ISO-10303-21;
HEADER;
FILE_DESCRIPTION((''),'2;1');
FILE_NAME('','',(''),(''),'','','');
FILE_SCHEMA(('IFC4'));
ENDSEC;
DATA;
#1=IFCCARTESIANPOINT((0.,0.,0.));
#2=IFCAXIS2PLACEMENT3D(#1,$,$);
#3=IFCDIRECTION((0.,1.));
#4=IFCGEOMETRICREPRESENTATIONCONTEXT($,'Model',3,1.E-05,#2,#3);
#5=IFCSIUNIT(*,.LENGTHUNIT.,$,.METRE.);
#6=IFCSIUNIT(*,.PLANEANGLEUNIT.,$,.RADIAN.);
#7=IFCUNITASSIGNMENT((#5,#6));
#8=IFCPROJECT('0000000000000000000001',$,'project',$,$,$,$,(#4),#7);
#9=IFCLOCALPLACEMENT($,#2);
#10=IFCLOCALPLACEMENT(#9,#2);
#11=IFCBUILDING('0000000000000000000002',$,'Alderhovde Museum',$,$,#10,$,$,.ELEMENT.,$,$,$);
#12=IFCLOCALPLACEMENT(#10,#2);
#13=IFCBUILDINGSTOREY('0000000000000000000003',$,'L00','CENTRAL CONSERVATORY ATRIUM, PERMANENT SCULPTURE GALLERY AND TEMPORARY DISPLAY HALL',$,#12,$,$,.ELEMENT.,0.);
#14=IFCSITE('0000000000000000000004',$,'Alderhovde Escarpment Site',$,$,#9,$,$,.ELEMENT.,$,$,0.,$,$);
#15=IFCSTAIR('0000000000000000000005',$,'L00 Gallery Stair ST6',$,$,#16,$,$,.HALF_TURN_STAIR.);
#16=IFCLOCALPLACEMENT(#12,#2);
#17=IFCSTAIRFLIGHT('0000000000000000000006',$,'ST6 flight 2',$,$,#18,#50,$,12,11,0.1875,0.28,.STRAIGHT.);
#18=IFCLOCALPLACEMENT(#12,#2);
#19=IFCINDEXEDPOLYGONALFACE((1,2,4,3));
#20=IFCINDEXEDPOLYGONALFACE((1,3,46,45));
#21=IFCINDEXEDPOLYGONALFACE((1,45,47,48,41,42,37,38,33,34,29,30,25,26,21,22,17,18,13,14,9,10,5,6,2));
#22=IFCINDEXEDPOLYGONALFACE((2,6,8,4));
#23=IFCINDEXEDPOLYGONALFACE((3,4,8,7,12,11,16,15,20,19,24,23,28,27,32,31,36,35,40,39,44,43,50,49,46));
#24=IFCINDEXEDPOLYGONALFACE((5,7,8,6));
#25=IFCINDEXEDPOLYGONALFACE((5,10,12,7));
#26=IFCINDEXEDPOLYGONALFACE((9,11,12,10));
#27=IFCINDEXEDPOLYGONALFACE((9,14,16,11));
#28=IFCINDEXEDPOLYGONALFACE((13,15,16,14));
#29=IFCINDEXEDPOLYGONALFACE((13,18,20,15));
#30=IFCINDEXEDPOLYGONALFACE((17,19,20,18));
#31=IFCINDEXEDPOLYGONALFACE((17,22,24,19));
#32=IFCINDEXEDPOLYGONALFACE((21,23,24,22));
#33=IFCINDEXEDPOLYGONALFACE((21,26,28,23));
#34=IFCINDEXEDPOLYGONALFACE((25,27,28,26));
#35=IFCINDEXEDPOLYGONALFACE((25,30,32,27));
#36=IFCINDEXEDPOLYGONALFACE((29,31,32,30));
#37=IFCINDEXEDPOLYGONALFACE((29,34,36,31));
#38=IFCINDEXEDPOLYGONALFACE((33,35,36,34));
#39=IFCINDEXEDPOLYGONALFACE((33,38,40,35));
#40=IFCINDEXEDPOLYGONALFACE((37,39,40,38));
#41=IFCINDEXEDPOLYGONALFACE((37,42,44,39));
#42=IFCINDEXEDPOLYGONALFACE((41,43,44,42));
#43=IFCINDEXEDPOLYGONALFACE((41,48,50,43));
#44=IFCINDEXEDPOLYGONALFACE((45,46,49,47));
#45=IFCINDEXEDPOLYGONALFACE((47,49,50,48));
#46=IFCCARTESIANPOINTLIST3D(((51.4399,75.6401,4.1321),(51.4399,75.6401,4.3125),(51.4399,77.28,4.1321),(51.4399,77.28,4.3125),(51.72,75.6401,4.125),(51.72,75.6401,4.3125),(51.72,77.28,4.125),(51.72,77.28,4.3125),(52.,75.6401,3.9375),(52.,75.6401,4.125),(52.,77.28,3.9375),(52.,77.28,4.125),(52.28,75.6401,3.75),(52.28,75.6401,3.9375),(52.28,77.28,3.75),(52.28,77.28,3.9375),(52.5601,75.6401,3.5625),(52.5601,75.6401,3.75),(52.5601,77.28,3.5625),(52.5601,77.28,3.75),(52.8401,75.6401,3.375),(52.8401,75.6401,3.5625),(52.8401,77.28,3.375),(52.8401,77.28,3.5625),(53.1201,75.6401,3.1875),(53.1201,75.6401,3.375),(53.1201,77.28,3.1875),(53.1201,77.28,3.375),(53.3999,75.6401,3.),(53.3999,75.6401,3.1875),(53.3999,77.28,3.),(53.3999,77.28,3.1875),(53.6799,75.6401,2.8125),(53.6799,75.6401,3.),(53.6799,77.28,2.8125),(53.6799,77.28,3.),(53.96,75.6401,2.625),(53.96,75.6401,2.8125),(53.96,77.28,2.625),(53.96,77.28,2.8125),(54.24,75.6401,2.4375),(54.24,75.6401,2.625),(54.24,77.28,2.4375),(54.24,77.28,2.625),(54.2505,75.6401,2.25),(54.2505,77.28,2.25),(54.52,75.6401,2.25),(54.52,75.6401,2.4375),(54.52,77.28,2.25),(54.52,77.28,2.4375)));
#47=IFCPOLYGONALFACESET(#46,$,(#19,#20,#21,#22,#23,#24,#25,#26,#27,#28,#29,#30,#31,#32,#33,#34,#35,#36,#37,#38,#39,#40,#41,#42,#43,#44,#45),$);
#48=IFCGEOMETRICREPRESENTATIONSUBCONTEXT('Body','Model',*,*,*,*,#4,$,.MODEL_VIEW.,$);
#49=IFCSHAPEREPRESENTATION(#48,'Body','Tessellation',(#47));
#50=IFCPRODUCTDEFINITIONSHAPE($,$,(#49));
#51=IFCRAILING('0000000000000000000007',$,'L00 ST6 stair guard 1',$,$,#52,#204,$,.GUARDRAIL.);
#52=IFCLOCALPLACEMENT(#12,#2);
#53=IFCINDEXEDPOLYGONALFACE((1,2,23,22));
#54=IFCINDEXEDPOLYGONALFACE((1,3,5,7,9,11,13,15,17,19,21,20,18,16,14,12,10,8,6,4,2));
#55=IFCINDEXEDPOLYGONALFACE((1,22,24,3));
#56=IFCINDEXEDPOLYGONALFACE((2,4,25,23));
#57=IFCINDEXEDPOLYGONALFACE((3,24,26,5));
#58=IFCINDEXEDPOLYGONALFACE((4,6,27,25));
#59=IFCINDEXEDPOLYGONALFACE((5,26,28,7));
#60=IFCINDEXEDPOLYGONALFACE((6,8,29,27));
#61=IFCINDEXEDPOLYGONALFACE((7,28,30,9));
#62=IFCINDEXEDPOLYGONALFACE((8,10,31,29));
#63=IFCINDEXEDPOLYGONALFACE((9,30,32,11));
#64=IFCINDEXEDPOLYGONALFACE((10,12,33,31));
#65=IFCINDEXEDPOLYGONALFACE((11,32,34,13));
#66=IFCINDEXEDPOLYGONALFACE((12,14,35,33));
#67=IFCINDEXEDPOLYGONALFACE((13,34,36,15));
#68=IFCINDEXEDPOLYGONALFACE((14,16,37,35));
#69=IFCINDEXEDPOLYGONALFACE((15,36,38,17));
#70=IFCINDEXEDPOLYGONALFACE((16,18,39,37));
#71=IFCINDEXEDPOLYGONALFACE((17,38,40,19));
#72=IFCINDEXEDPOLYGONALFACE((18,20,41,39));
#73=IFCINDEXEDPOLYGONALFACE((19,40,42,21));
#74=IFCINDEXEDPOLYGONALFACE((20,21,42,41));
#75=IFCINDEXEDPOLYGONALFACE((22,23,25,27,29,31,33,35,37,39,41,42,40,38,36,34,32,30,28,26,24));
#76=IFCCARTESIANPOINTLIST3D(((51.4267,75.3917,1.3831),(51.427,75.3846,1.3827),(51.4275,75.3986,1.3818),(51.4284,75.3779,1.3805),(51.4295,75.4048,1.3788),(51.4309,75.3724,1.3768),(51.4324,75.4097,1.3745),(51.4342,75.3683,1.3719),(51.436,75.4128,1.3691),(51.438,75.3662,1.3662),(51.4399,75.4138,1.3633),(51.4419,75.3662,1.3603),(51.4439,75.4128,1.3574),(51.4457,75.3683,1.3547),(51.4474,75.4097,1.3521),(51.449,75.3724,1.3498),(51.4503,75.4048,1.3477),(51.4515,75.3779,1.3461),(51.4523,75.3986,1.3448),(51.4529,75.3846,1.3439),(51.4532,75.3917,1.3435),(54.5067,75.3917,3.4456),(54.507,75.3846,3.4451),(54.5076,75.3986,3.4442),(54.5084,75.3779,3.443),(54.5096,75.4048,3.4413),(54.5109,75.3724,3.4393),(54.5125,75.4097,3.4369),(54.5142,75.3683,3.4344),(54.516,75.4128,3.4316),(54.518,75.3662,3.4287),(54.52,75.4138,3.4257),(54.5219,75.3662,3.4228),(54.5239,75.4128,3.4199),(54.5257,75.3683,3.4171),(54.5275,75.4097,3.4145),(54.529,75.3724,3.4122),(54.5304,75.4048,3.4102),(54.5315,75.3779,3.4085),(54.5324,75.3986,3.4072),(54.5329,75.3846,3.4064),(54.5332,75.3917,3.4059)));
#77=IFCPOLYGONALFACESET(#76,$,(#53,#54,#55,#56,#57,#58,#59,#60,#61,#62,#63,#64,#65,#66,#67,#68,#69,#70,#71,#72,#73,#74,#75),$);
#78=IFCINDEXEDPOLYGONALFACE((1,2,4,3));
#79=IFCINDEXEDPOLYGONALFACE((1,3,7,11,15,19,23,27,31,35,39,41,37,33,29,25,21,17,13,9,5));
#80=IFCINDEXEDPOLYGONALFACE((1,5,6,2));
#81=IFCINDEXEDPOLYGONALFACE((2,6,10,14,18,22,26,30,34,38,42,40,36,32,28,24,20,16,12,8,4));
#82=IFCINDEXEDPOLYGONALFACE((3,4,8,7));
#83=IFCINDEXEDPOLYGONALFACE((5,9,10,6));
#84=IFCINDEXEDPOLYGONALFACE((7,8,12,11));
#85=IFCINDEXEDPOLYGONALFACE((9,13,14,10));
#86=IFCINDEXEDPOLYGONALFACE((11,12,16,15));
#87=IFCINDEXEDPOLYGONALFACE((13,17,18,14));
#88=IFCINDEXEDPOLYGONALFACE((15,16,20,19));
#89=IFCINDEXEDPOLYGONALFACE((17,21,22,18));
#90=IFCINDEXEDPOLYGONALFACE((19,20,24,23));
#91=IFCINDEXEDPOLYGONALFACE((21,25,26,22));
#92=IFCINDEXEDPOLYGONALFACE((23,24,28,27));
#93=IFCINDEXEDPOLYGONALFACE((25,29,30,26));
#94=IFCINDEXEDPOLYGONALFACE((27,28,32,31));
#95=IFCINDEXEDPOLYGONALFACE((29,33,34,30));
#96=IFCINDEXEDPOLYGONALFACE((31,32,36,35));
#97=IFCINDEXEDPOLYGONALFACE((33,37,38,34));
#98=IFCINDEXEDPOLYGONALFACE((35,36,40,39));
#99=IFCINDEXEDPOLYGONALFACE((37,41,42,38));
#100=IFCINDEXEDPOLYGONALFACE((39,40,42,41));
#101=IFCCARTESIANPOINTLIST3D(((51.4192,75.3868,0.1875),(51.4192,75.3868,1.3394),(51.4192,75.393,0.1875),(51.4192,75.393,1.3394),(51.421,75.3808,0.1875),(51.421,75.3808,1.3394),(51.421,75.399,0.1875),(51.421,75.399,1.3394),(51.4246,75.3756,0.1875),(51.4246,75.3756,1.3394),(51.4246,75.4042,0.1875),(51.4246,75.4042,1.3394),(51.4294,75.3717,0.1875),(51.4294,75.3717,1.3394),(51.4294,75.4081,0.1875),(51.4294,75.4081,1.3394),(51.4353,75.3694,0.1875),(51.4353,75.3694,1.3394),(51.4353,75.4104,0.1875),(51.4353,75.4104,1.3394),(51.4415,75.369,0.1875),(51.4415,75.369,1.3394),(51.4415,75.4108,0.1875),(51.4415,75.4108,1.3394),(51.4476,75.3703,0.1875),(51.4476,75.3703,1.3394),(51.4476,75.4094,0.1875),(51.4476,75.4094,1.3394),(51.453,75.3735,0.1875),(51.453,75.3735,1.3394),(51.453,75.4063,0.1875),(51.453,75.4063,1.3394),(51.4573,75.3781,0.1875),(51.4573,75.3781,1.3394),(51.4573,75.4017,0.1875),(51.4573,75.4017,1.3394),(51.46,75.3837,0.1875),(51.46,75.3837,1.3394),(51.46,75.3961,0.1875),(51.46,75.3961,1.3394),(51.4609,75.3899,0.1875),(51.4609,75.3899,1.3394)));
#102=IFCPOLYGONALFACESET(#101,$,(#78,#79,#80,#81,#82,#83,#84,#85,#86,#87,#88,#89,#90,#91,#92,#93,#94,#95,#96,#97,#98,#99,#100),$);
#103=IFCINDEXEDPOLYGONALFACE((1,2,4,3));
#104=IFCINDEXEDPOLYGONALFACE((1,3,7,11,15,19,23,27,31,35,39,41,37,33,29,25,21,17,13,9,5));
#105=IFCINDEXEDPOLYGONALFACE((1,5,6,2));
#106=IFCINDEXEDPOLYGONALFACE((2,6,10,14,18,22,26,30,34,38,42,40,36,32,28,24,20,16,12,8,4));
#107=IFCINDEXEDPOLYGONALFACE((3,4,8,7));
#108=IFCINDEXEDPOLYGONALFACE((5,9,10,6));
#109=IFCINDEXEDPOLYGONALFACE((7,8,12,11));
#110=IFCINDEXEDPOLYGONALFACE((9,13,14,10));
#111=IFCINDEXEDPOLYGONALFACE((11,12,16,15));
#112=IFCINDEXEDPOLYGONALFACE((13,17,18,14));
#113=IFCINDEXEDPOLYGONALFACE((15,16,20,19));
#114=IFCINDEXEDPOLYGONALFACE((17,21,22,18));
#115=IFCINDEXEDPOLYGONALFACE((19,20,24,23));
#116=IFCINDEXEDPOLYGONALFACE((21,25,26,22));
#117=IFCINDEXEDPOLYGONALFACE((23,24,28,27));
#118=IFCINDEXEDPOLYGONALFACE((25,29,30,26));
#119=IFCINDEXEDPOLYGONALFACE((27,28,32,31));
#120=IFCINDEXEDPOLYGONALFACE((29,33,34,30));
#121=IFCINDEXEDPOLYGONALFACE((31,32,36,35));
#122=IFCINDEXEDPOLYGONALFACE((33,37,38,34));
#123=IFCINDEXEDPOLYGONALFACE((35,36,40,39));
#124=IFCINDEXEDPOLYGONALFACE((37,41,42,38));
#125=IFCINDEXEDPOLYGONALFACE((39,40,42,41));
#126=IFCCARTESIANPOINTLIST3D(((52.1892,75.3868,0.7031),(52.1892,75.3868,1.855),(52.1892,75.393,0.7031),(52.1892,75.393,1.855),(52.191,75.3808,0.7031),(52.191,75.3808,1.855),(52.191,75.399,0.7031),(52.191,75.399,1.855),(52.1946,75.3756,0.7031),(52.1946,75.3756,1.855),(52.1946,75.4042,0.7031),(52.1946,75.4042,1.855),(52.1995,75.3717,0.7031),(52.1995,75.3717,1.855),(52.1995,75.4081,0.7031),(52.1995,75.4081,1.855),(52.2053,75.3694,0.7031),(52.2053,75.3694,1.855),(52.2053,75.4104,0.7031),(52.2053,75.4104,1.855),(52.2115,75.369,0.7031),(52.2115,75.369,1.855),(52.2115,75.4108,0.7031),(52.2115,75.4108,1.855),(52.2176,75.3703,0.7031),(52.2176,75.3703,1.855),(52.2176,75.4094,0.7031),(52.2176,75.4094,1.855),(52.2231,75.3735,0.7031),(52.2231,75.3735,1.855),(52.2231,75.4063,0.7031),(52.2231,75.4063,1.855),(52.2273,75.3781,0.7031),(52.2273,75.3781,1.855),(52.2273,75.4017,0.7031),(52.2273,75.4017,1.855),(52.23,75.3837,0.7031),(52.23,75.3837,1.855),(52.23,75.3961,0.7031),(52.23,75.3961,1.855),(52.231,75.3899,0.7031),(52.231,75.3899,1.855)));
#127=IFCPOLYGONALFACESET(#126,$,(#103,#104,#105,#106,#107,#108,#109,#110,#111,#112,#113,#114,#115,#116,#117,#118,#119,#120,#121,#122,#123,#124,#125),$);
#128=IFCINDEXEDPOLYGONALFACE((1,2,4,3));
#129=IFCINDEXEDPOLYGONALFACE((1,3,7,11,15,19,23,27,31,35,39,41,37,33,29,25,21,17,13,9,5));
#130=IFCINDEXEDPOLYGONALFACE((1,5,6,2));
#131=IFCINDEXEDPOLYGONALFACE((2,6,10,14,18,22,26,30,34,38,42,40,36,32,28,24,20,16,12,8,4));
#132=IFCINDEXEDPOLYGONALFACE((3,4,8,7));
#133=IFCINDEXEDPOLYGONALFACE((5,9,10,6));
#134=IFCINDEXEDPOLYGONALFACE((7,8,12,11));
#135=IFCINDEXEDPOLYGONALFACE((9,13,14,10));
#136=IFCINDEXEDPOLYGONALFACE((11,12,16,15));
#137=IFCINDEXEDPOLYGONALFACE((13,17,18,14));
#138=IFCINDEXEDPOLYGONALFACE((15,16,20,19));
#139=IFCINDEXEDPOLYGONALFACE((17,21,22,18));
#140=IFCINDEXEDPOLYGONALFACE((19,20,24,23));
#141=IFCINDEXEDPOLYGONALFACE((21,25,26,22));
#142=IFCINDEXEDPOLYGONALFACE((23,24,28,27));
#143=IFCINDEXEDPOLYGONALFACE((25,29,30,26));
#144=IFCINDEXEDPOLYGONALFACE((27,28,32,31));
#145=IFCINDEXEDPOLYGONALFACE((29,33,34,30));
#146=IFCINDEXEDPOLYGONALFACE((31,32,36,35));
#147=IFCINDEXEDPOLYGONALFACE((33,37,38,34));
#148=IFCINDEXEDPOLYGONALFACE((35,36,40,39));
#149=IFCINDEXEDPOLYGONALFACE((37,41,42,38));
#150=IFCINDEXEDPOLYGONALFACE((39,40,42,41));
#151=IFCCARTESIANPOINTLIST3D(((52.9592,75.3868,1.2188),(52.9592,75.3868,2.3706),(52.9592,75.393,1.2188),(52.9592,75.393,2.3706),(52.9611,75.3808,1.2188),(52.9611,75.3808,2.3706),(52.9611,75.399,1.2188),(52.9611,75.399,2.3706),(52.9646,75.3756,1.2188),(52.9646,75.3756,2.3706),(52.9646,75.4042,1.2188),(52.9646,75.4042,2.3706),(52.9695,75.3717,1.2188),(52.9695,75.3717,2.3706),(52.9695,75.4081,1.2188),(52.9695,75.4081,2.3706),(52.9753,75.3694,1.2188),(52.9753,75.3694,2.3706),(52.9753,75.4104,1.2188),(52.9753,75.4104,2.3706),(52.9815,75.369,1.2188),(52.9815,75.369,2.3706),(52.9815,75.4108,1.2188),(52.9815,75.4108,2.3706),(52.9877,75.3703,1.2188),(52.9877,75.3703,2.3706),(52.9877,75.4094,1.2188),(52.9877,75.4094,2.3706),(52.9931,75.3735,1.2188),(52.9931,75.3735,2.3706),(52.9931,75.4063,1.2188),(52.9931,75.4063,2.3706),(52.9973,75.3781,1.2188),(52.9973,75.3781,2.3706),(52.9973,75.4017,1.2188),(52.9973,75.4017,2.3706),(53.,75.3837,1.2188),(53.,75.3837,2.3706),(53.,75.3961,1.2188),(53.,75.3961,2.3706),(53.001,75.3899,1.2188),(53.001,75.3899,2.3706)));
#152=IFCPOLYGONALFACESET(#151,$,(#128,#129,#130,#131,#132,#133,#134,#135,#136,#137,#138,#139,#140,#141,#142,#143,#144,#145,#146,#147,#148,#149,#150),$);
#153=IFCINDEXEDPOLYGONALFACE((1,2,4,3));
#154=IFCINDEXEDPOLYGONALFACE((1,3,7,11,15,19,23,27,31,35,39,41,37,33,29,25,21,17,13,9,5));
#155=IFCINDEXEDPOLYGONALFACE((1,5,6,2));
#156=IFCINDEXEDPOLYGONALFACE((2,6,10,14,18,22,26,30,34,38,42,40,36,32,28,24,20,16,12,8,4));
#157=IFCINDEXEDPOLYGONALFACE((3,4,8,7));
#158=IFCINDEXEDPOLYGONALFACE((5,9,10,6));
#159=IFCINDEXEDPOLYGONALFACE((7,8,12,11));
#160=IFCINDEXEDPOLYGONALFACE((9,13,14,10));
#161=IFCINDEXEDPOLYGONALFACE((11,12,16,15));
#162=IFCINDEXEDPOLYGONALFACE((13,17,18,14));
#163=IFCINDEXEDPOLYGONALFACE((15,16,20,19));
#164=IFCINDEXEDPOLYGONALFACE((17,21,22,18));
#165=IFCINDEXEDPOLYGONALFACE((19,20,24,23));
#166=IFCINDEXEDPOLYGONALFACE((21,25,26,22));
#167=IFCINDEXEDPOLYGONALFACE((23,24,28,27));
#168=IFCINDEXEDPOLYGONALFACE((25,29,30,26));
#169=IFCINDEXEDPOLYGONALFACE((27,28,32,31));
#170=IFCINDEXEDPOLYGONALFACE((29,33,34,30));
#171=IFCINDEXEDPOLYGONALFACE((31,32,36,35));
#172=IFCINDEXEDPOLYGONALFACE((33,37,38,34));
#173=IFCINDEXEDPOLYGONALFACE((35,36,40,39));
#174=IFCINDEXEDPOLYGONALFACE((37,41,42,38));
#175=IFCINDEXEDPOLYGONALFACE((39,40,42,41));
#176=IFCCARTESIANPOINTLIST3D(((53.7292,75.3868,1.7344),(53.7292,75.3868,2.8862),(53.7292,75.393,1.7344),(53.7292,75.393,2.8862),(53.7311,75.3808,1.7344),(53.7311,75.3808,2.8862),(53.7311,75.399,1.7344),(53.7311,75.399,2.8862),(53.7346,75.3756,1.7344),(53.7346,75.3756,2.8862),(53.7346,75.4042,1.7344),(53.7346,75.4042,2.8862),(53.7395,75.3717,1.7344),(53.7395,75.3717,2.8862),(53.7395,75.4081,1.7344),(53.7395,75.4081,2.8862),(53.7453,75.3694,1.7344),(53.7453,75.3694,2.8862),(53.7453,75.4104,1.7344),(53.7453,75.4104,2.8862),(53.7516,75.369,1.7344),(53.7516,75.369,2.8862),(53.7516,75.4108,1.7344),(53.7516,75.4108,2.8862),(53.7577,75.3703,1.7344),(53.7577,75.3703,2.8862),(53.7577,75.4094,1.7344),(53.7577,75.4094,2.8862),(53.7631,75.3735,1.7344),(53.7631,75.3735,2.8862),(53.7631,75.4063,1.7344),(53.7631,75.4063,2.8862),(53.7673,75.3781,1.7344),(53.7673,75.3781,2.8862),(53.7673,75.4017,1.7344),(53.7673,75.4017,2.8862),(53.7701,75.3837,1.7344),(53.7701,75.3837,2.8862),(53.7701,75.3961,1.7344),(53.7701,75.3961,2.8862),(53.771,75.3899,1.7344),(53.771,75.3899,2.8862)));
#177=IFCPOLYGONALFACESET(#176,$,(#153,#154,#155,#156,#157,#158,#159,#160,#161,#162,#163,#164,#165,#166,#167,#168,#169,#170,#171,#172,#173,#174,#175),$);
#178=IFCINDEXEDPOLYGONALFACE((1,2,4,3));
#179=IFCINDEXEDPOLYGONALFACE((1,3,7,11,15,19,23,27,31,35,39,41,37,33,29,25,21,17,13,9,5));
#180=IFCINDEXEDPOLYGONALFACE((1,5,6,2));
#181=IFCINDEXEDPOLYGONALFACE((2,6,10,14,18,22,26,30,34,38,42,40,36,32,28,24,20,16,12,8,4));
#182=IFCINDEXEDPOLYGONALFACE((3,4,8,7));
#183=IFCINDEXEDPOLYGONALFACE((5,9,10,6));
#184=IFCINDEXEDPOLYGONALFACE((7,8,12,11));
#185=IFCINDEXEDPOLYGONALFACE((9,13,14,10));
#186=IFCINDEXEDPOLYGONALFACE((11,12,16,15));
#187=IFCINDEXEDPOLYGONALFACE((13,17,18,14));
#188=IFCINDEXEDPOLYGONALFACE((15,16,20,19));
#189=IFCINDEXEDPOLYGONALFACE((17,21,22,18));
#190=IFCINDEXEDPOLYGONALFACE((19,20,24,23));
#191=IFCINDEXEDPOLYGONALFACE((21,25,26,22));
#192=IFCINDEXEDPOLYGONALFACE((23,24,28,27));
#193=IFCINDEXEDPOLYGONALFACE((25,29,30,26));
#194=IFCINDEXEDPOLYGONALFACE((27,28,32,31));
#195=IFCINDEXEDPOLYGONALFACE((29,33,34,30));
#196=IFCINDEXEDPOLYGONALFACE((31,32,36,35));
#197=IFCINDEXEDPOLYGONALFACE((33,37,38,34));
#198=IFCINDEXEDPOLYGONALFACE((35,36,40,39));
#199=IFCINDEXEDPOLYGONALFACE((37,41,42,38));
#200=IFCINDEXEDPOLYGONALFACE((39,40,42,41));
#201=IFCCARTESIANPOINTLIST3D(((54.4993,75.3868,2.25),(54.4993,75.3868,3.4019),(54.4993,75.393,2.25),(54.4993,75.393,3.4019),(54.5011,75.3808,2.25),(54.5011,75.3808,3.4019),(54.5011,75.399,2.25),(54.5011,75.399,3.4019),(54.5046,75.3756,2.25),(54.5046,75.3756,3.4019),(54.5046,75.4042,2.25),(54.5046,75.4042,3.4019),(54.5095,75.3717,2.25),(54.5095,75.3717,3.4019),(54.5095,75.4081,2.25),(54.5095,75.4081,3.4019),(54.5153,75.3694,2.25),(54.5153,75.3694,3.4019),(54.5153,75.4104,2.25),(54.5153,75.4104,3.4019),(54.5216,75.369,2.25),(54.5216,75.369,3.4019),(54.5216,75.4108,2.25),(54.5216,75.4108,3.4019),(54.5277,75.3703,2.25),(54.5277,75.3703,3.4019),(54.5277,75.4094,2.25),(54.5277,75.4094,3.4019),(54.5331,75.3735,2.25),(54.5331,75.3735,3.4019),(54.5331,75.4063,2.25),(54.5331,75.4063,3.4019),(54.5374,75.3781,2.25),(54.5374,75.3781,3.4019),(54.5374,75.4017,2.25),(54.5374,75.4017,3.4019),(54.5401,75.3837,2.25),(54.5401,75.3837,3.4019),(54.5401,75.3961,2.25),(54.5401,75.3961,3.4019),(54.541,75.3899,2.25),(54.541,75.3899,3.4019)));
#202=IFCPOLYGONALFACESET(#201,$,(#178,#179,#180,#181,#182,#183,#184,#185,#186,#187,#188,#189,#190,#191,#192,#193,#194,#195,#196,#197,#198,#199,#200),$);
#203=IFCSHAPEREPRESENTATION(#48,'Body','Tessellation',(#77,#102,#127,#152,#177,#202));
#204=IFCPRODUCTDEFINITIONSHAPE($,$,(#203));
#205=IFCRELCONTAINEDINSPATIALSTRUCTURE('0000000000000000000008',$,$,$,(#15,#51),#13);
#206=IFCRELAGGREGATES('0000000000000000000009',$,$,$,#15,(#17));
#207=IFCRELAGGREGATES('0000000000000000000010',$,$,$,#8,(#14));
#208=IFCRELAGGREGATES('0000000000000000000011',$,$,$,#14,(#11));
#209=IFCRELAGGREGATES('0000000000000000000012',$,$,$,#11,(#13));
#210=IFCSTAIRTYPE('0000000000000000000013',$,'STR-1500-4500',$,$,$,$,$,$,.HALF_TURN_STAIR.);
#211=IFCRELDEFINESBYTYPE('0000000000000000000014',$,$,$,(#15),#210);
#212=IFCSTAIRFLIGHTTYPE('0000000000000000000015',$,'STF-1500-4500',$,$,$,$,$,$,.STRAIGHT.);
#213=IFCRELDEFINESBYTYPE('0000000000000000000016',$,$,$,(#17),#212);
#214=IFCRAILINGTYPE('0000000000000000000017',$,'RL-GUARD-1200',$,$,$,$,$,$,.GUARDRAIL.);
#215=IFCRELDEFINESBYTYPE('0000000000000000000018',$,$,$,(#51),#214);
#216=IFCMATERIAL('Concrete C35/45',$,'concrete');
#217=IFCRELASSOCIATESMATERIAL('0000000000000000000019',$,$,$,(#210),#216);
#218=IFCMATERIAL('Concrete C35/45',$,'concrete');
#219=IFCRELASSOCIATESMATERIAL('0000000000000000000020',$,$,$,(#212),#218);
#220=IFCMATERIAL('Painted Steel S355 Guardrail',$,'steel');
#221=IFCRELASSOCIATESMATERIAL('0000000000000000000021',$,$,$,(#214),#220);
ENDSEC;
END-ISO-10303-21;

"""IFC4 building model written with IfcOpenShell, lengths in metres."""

from ifc_helpers import new_model, si_unit, direction, frame, origin, origin_2d, place, context, subcontext, project, spatial, polyline, circle, outline, extrude, material, type_object, element, aggregate, save


model = new_model("IFC4")

# Units and contexts
model_context = context("Model", 3, precision=1e-05, world=origin(), true_north=direction((0.0, 1.0)))
body_context = subcontext(model_context, "Body", "Model", "MODEL_VIEW")
ifc_project = project(units=[si_unit("LENGTHUNIT", "METRE"), si_unit("PLANEANGLEUNIT", "RADIAN")], contexts=[model_context])

# Site, building, storey
site_placement = place(None, origin())
site = spatial("IfcSite", under=ifc_project, at=site_placement, Name="Alderhovde Escarpment Site", CompositionType="ELEMENT", RefElevation=0.0)
building_placement = place(site_placement, origin())
building = spatial("IfcBuilding", under=site, at=building_placement, Name="Alderhovde Museum", CompositionType="ELEMENT")
storey_placement = place(building_placement, origin())
storey = spatial("IfcBuildingStorey", under=building, at=storey_placement, Name="L00", Description="CENTRAL CONSERVATORY ATRIUM, PERMANENT SCULPTURE GALLERY AND TEMPORARY DISPLAY HALL", CompositionType="ELEMENT", Elevation=0.0)

# Stair, stair flight
ifc_material_1 = material(Name="Concrete C35/45", Category="concrete")
stair_type = type_object("IfcStairType", Name="STR-1500-4500", PredefinedType="HALF_TURN_STAIR", material=ifc_material_1)
stair_placement = place(storey_placement, origin())
stair = element("IfcStair", 1, at=stair_placement, inside=storey, type_object=stair_type, Name="L00 Gallery Stair ST6", PredefinedType="HALF_TURN_STAIR")
ifc_material_2 = material(Name="Concrete C35/45", Category="concrete")
stair_flight_type = type_object("IfcStairFlightType", Name="STF-1500-4500", PredefinedType="STRAIGHT", material=ifc_material_2)
stair_flight_1_placement = place(storey_placement, frame((54.52, 76.46, 2.25), z_axis=(0.0, 0.0, 1.0), x_axis=(-1.0, 0.0, 0.0)))
stair_flight_1 = element("IfcStairFlight", 2, at=stair_flight_1_placement, type_object=stair_flight_type, Name="ST6 flight 2", NumberOfRisers=12, NumberOfTreads=11, PredefinedType="STRAIGHT", RiserHeight=0.1875, TreadLength=0.28, context=body_context, shape_type="SweptSolid", body=[
    extrude(outline(polyline([(0.0, 0.0), (0.0, 0.1875), (0.28, 0.1875), (0.28, 0.375), (0.5601, 0.375), (0.5601, 0.5625), (0.8401, 0.5625), (0.8401, 0.75), (1.1201, 0.75), (1.1201, 0.9375), (1.3999, 0.9375), (1.3999, 1.125), (1.6799, 1.125), (1.6799, 1.3125), (1.96, 1.3125), (1.96, 1.5), (2.24, 1.5), (2.24, 1.6875), (2.52, 1.6875), (2.52, 1.875), (2.8, 1.875), (2.8, 2.0625), (3.0801, 2.0625), (3.0801, 2.25), (3.0801, 1.8821), (0.2695, 0.0), (0.0, 0.0)])), frame((0.0, 0.8198, 0.0), z_axis=(0.0, -1.0, 0.0), x_axis=(1.0, 0.0, 0.0)), (0.0, 0.0, 1.0), 1.6399),
])
aggregate(stair, [stair_flight_1])

# Railing
ifc_material_3 = material(Name="Painted Steel S355 Guardrail", Category="steel")
railing_type_1 = type_object("IfcRailingType", Name="RL-GUARD-1200", PredefinedType="GUARDRAIL", material=ifc_material_3)
railing_1_placement = place(storey_placement, frame((51.4399, 75.3899, 0.1875)))
element("IfcRailing", 3, at=railing_1_placement, inside=storey, type_object=railing_type_1, Name="L00 ST6 stair guard 1", PredefinedType="GUARDRAIL", context=body_context, shape_type="SweptSolid", body=[
    extrude(circle(Radius=0.0239, at=origin_2d()), frame((0.0, 0.0, 1.1758), z_axis=(0.830914, 0.0, 0.556401), x_axis=(0.0, 1.0, 0.0)), (0.0, 0.0, 1.0), 3.7068),
    extrude(circle(Radius=0.021, at=origin_2d()), origin(), (0.0, 0.0, 1.0), 1.1519),
    extrude(circle(Radius=0.021, at=origin_2d()), frame((0.77, 0.0, 0.5156)), (0.0, 0.0, 1.0), 1.1519),
    extrude(circle(Radius=0.021, at=origin_2d()), frame((1.54, 0.0, 1.0312)), (0.0, 0.0, 1.0), 1.1519),
    extrude(circle(Radius=0.021, at=origin_2d()), frame((2.3101, 0.0, 1.5469)), (0.0, 0.0, 1.0), 1.1519),
    extrude(circle(Radius=0.021, at=origin_2d()), frame((3.0801, 0.0, 2.0625)), (0.0, 0.0, 1.0), 1.1519),
])

save(model, "model.ifc")
